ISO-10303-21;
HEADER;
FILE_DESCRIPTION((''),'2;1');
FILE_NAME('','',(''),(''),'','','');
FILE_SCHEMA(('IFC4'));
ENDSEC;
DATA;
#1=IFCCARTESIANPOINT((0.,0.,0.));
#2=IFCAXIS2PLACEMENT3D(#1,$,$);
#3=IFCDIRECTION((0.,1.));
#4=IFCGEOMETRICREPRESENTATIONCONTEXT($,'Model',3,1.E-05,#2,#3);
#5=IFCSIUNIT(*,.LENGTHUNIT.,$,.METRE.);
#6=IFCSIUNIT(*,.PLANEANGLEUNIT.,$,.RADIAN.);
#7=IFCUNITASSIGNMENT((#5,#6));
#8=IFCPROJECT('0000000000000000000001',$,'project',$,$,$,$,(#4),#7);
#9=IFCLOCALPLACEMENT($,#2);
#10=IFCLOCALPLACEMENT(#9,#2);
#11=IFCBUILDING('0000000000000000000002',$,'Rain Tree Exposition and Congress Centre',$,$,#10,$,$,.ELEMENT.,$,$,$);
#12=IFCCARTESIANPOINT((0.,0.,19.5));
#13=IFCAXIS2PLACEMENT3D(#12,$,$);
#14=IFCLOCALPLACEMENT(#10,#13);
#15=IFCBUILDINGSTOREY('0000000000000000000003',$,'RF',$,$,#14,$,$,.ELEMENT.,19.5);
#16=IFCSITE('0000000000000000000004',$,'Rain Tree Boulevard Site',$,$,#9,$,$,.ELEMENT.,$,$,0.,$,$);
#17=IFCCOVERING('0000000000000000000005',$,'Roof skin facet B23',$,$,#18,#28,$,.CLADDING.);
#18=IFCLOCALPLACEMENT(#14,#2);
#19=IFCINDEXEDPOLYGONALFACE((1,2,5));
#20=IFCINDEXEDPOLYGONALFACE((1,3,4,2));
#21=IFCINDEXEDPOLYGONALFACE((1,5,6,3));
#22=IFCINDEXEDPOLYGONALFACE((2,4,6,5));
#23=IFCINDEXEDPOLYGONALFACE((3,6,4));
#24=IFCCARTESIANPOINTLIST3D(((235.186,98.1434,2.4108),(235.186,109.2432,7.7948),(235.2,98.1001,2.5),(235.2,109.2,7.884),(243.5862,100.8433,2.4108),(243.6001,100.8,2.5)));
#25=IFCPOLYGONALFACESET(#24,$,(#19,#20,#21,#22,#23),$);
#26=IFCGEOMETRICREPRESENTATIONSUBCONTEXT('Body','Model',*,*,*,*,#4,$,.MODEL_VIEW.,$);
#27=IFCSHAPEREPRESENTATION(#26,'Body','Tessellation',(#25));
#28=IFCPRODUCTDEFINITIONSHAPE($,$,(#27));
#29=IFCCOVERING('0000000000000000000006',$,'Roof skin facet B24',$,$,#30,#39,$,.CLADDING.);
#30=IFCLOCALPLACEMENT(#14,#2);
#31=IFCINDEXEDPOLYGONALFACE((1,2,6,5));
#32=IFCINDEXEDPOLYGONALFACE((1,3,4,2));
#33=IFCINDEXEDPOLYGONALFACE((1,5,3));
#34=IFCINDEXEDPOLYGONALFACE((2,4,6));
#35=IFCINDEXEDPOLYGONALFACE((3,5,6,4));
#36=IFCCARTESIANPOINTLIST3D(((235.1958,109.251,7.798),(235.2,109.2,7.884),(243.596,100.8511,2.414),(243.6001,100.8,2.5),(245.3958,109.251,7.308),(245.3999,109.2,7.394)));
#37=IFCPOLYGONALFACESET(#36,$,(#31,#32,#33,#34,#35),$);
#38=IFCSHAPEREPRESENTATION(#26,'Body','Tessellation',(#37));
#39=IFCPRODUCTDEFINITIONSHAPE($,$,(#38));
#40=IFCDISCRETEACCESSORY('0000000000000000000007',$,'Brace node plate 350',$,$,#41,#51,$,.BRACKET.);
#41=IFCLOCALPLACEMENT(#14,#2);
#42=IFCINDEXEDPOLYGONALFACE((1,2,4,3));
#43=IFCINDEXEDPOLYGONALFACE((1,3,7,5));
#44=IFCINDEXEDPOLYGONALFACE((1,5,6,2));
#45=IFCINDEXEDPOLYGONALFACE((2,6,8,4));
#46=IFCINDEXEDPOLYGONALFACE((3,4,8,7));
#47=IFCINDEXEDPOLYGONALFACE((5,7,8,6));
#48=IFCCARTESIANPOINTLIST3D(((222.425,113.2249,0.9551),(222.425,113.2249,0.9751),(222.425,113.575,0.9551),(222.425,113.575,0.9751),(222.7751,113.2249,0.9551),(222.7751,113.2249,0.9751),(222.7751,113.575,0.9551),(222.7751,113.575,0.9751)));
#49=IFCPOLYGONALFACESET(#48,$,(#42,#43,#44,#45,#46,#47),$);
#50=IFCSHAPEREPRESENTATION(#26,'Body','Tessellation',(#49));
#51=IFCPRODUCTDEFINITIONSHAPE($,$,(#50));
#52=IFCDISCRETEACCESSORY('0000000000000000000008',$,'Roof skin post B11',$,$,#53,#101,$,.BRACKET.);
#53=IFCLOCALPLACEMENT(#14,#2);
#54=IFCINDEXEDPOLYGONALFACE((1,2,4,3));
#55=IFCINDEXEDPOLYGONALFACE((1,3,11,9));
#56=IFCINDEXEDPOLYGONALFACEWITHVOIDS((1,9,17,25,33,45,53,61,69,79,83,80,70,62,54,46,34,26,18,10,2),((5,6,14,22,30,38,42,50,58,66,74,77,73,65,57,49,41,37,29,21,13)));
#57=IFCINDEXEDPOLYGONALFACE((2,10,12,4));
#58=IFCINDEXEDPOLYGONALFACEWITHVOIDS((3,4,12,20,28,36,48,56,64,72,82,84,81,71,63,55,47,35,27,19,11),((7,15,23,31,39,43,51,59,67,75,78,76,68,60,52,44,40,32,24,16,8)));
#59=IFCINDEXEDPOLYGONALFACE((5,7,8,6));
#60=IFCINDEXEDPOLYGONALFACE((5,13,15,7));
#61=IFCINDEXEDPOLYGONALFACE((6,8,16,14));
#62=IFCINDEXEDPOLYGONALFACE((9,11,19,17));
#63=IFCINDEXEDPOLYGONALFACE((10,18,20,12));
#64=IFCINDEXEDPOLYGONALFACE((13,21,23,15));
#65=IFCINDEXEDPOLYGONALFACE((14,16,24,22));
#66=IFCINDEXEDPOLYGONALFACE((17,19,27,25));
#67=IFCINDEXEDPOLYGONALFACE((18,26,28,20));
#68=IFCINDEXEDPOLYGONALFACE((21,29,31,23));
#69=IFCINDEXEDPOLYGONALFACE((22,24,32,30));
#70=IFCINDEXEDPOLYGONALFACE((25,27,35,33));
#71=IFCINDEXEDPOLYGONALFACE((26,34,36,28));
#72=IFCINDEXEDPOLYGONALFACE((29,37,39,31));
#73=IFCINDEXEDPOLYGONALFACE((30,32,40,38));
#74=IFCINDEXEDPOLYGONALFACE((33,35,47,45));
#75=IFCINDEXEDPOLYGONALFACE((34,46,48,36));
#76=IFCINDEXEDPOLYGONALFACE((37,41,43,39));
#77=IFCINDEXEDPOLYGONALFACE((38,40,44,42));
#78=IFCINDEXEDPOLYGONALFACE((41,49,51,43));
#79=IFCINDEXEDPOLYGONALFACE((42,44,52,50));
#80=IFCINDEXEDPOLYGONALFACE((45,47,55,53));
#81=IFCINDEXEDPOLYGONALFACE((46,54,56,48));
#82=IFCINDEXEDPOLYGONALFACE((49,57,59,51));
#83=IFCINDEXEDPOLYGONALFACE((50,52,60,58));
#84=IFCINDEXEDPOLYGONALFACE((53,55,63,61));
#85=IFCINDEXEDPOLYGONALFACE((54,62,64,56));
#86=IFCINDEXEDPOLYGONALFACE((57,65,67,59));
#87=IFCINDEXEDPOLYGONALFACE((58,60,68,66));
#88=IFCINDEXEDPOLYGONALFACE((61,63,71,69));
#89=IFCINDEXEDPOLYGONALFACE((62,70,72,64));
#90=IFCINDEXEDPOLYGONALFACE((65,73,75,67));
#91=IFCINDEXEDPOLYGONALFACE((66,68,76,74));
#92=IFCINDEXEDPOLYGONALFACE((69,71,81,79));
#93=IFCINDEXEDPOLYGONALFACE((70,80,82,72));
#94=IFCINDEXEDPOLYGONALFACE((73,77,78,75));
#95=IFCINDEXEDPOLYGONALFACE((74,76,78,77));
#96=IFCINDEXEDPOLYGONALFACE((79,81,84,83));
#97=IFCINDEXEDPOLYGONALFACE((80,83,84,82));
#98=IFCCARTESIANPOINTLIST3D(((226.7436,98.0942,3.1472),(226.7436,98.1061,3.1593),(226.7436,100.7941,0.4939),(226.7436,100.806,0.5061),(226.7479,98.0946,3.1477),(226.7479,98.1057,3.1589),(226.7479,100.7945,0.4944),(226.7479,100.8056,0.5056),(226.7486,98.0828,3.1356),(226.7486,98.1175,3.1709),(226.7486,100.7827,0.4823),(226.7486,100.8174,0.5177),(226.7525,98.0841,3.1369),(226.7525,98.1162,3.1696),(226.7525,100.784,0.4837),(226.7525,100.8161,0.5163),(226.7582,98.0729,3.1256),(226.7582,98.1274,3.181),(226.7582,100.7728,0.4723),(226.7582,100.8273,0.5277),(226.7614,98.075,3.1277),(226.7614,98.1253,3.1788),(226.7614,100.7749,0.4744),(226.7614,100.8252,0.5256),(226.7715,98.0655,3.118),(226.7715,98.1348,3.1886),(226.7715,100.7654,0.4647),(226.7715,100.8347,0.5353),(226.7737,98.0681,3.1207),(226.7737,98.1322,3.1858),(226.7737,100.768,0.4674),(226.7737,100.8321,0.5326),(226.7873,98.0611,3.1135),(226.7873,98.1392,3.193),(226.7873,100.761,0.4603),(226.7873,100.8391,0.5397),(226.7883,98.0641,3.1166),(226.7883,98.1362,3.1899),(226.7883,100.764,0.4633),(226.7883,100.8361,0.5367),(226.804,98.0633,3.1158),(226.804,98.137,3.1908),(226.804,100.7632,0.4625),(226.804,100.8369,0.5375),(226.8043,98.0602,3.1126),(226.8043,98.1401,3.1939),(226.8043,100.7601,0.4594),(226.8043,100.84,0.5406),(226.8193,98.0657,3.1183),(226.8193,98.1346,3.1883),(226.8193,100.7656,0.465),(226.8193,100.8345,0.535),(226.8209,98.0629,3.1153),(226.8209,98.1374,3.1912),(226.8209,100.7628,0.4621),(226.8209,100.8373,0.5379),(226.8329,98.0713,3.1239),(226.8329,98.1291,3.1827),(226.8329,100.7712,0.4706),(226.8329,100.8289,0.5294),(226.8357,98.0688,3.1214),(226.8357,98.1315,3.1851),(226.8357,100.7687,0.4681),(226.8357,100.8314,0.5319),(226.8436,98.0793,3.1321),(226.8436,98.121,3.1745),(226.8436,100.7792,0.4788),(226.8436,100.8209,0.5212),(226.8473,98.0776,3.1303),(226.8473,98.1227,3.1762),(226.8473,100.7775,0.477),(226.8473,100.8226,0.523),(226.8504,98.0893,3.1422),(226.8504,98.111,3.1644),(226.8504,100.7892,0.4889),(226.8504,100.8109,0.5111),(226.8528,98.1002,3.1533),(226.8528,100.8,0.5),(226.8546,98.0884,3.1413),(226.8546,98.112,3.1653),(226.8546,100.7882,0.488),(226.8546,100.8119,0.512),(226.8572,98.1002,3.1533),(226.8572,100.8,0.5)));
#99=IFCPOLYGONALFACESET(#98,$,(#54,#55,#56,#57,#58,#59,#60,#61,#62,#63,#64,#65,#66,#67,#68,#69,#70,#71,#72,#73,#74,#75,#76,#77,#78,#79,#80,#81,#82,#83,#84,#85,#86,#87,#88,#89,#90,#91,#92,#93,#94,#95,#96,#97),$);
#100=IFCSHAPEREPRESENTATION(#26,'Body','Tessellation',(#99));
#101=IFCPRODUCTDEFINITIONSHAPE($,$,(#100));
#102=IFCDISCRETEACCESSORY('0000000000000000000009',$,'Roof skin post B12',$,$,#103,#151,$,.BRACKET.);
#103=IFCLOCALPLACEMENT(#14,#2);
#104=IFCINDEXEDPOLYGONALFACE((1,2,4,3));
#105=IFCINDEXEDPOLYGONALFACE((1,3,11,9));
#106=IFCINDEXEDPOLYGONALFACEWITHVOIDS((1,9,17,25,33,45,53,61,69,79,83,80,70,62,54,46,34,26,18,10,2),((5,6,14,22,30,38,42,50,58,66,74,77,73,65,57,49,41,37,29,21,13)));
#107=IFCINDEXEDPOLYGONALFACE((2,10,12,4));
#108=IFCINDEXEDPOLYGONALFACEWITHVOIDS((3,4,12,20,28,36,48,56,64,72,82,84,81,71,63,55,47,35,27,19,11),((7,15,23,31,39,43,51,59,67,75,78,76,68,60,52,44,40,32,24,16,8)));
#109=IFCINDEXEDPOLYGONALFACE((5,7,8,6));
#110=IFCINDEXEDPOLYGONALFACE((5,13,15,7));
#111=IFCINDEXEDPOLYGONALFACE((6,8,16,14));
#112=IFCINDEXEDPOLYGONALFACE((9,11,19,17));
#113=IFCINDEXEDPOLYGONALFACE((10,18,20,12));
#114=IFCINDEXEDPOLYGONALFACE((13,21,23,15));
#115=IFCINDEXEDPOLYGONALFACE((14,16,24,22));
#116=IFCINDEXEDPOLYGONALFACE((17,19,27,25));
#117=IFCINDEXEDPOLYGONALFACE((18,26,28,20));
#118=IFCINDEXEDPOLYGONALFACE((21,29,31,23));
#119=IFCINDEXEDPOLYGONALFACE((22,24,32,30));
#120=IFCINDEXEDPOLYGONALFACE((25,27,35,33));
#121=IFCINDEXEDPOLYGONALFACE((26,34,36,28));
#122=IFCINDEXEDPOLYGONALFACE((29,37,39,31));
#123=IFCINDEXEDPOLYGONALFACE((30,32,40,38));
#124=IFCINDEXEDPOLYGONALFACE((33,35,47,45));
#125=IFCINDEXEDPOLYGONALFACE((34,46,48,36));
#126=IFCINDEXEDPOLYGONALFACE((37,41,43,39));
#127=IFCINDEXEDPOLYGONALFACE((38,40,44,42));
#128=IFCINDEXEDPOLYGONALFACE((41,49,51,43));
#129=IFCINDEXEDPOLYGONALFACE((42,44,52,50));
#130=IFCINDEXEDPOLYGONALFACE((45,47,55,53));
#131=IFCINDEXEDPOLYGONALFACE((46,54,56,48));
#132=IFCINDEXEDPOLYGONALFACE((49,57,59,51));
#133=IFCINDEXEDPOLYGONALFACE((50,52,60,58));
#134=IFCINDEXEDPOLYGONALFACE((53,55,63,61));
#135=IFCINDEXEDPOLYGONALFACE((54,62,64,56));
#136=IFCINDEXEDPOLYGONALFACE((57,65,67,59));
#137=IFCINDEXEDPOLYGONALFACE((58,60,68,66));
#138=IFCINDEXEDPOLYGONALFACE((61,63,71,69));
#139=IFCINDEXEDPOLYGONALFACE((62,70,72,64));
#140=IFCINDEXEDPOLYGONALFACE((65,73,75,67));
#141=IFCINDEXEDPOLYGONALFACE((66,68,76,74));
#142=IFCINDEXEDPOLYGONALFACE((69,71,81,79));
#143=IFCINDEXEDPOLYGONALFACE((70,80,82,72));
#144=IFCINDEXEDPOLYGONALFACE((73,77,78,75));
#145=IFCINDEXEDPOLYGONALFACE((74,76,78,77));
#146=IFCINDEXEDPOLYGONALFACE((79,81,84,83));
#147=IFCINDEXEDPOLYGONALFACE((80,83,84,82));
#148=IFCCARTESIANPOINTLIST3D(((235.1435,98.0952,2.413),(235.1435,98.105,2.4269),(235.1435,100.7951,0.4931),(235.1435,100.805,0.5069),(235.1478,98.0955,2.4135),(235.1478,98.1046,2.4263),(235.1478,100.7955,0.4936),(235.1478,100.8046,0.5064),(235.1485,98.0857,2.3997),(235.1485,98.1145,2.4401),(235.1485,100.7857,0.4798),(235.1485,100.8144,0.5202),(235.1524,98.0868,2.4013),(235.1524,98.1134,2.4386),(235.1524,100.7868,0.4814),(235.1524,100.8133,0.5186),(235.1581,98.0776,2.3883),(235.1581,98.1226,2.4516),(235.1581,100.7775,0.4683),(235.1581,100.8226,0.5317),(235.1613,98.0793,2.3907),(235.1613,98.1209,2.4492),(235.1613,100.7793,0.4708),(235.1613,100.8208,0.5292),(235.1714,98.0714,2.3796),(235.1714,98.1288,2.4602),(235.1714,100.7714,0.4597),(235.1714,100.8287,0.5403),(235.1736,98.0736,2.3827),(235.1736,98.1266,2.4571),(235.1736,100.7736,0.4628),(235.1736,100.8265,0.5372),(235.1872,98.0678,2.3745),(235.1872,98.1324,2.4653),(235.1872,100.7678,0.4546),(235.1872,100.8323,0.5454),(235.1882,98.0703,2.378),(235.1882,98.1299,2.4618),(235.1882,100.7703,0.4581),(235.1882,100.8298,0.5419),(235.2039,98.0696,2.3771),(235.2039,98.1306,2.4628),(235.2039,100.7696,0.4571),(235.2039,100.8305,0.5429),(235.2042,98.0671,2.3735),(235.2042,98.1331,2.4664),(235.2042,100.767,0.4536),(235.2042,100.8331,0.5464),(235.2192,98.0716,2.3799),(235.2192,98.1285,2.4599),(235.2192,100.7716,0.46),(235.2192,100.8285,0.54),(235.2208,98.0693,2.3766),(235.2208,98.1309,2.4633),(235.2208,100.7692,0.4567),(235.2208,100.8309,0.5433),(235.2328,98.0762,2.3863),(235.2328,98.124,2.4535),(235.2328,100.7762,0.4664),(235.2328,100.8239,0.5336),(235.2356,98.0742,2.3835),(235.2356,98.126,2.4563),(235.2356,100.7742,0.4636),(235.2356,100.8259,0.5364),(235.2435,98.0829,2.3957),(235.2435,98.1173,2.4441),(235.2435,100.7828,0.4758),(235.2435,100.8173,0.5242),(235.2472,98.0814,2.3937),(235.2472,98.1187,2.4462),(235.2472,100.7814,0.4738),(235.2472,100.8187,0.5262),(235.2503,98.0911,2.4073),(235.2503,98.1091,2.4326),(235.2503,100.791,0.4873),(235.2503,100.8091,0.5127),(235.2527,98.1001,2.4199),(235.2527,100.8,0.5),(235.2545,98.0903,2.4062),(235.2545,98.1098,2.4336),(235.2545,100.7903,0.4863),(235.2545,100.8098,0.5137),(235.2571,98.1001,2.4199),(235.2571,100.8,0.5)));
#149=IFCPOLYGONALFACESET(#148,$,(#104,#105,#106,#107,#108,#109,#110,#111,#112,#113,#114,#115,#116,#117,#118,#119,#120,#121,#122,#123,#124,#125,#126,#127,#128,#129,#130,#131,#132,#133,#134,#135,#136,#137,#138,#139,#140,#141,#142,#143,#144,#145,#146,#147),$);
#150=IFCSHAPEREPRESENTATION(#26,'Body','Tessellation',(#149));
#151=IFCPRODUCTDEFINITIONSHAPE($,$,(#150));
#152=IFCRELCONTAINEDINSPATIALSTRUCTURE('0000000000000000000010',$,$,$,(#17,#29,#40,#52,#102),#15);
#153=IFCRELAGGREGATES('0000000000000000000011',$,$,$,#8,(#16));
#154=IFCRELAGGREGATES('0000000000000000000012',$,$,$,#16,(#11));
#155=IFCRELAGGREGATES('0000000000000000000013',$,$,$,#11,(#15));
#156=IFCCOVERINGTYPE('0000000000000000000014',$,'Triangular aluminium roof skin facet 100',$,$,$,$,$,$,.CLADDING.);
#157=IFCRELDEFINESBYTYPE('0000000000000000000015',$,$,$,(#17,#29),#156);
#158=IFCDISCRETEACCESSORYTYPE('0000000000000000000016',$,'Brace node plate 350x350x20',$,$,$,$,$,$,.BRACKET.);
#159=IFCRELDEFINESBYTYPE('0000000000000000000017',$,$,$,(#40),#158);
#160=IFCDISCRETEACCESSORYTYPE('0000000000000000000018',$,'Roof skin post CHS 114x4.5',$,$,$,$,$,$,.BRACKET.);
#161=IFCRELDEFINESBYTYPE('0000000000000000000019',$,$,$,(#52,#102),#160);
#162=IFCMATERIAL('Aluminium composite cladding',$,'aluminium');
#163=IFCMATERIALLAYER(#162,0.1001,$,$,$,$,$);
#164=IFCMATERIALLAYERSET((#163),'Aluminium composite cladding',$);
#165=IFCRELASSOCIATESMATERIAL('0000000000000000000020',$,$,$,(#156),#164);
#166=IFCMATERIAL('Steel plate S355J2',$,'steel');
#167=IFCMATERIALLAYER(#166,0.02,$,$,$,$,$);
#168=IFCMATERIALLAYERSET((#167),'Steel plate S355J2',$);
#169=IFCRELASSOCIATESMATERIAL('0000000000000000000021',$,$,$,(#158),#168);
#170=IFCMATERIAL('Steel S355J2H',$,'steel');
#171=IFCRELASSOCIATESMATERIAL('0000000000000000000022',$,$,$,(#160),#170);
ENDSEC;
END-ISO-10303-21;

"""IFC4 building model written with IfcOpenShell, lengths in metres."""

from ifc_helpers import new_model, si_unit, direction, frame, origin, origin_2d, place, context, subcontext, project, spatial, polyline, rectangle, hollow_circle, outline, extrude, material, layer, layer_set, material_profile, profile_set, type_object, element, save


model = new_model("IFC4")

# Units and contexts
model_context = context("Model", 3, precision=1e-05, world=origin(), true_north=direction((0.0, 1.0)))
body_context = subcontext(model_context, "Body", "Model", "MODEL_VIEW")
ifc_project = project(units=[si_unit("LENGTHUNIT", "METRE"), si_unit("PLANEANGLEUNIT", "RADIAN")], contexts=[model_context])

# Site, building, storey
site_placement = place(None, origin())
site = spatial("IfcSite", under=ifc_project, at=site_placement, Name="Rain Tree Boulevard Site", CompositionType="ELEMENT", RefElevation=0.0)
building_placement = place(site_placement, origin())
building = spatial("IfcBuilding", under=site, at=building_placement, Name="Rain Tree Exposition and Congress Centre", CompositionType="ELEMENT")
storey_placement = place(building_placement, frame((0.0, 0.0, 19.5)))
storey = spatial("IfcBuildingStorey", under=building, at=storey_placement, Name="RF", CompositionType="ELEMENT", Elevation=19.5)

# Coverings
ifc_material_1 = material(Name="Aluminium composite cladding", Category="aluminium")
ifc_layer_1 = layer(ifc_material_1, 0.1001)
ifc_layer_set_1 = layer_set([ifc_layer_1], Name="Aluminium composite cladding")
covering_type = type_object("IfcCoveringType", Name="Triangular aluminium roof skin facet 100", PredefinedType="CLADDING", material=ifc_layer_set_1)
covering_1_placement = place(storey_placement, frame((235.2, 98.1001, 2.5), z_axis=(0.138914, -0.432192, 0.891018), x_axis=(0.952032, 0.305999, 0.0)))
element("IfcCovering", 1, at=covering_1_placement, inside=storey, type_object=covering_type, Name="Roof skin facet B23", PredefinedType="CLADDING", context=body_context, shape_type="SweptSolid", body=[
    extrude(outline(polyline([(0.0, 0.0), (8.8234, 0.0), (3.3965, 11.8599), (0.0, 0.0)])), origin(), (0.0, 0.0, -1.0), 0.1001),
])
covering_2_placement = place(storey_placement, frame((243.6001, 100.8, 2.5), z_axis=(0.041286, -0.509578, 0.859433), x_axis=(0.182041, 0.849606, 0.495007)))
element("IfcCovering", 2, at=covering_2_placement, inside=storey, type_object=covering_type, Name="Roof skin facet B24", PredefinedType="CLADDING", context=body_context, shape_type="SweptSolid", body=[
    extrude(outline(polyline([(0.0, 0.0), (9.8868, 0.0), (8.2726, 10.0833), (0.0, 0.0)])), origin(), (0.0, 0.0, -1.0), 0.1001),
])

# Discrete accessories
ifc_material_2 = material(Name="Steel plate S355J2", Category="steel")
ifc_layer_2 = layer(ifc_material_2, 0.02)
ifc_layer_set_2 = layer_set([ifc_layer_2], Name="Steel plate S355J2")
discrete_accessory_type_1 = type_object("IfcDiscreteAccessoryType", Name="Brace node plate 350x350x20", PredefinedType="BRACKET", material=ifc_layer_set_2)
discrete_accessory_1_placement = place(storey_placement, frame((222.6001, 113.3999, 0.9551), z_axis=(0.0, 0.0, 1.0), x_axis=(1.0, 0.0, 0.0)))
element("IfcDiscreteAccessory", 3, at=discrete_accessory_1_placement, inside=storey, type_object=discrete_accessory_type_1, Name="Brace node plate 350", PredefinedType="BRACKET", context=body_context, shape_type="SweptSolid", body=[
    extrude(rectangle(XDim=0.3501, YDim=0.3501, at=origin_2d()), origin(), (0.0, 0.0, 1.0), 0.02),
])
ifc_material_3 = material(Name="Steel S355J2H", Category="steel")
ifc_material_profile_1 = material_profile(ifc_material_3, hollow_circle(Radius=0.0571, WallThickness=0.0044, at=origin_2d()), Name="CHS 114x4.5")
ifc_profile_set_1 = profile_set([ifc_material_profile_1], Name="Steel S355J2H")
discrete_accessory_type_2 = type_object("IfcDiscreteAccessoryType", Name="Roof skin post CHS 114x4.5", PredefinedType="BRACKET", material=ifc_profile_set_1)
discrete_accessory_2_placement = place(storey_placement, frame((226.8, 100.8, 0.5), z_axis=(0.0, -0.713239, 0.700921), x_axis=(1.0, 0.0, 0.0)))
element("IfcDiscreteAccessory", 4, at=discrete_accessory_2_placement, inside=storey, type_object=discrete_accessory_type_2, Name="Roof skin post B11", PredefinedType="BRACKET", context=body_context, shape_type="SweptSolid", body=[
    extrude(hollow_circle(Radius=0.0571, WallThickness=0.0044, at=origin_2d()), origin(), (0.0, 0.0, 1.0), 3.7854),
])
discrete_accessory_3_placement = place(storey_placement, frame((235.2, 100.8, 0.5), z_axis=(0.0, -0.814962, 0.579515), x_axis=(1.0, 0.0, 0.0)))
element("IfcDiscreteAccessory", 5, at=discrete_accessory_3_placement, inside=storey, type_object=discrete_accessory_type_2, Name="Roof skin post B12", PredefinedType="BRACKET", context=body_context, shape_type="SweptSolid", body=[
    extrude(hollow_circle(Radius=0.0571, WallThickness=0.0044, at=origin_2d()), origin(), (0.0, 0.0, 1.0), 3.313),
])

save(model, "model.ifc")
